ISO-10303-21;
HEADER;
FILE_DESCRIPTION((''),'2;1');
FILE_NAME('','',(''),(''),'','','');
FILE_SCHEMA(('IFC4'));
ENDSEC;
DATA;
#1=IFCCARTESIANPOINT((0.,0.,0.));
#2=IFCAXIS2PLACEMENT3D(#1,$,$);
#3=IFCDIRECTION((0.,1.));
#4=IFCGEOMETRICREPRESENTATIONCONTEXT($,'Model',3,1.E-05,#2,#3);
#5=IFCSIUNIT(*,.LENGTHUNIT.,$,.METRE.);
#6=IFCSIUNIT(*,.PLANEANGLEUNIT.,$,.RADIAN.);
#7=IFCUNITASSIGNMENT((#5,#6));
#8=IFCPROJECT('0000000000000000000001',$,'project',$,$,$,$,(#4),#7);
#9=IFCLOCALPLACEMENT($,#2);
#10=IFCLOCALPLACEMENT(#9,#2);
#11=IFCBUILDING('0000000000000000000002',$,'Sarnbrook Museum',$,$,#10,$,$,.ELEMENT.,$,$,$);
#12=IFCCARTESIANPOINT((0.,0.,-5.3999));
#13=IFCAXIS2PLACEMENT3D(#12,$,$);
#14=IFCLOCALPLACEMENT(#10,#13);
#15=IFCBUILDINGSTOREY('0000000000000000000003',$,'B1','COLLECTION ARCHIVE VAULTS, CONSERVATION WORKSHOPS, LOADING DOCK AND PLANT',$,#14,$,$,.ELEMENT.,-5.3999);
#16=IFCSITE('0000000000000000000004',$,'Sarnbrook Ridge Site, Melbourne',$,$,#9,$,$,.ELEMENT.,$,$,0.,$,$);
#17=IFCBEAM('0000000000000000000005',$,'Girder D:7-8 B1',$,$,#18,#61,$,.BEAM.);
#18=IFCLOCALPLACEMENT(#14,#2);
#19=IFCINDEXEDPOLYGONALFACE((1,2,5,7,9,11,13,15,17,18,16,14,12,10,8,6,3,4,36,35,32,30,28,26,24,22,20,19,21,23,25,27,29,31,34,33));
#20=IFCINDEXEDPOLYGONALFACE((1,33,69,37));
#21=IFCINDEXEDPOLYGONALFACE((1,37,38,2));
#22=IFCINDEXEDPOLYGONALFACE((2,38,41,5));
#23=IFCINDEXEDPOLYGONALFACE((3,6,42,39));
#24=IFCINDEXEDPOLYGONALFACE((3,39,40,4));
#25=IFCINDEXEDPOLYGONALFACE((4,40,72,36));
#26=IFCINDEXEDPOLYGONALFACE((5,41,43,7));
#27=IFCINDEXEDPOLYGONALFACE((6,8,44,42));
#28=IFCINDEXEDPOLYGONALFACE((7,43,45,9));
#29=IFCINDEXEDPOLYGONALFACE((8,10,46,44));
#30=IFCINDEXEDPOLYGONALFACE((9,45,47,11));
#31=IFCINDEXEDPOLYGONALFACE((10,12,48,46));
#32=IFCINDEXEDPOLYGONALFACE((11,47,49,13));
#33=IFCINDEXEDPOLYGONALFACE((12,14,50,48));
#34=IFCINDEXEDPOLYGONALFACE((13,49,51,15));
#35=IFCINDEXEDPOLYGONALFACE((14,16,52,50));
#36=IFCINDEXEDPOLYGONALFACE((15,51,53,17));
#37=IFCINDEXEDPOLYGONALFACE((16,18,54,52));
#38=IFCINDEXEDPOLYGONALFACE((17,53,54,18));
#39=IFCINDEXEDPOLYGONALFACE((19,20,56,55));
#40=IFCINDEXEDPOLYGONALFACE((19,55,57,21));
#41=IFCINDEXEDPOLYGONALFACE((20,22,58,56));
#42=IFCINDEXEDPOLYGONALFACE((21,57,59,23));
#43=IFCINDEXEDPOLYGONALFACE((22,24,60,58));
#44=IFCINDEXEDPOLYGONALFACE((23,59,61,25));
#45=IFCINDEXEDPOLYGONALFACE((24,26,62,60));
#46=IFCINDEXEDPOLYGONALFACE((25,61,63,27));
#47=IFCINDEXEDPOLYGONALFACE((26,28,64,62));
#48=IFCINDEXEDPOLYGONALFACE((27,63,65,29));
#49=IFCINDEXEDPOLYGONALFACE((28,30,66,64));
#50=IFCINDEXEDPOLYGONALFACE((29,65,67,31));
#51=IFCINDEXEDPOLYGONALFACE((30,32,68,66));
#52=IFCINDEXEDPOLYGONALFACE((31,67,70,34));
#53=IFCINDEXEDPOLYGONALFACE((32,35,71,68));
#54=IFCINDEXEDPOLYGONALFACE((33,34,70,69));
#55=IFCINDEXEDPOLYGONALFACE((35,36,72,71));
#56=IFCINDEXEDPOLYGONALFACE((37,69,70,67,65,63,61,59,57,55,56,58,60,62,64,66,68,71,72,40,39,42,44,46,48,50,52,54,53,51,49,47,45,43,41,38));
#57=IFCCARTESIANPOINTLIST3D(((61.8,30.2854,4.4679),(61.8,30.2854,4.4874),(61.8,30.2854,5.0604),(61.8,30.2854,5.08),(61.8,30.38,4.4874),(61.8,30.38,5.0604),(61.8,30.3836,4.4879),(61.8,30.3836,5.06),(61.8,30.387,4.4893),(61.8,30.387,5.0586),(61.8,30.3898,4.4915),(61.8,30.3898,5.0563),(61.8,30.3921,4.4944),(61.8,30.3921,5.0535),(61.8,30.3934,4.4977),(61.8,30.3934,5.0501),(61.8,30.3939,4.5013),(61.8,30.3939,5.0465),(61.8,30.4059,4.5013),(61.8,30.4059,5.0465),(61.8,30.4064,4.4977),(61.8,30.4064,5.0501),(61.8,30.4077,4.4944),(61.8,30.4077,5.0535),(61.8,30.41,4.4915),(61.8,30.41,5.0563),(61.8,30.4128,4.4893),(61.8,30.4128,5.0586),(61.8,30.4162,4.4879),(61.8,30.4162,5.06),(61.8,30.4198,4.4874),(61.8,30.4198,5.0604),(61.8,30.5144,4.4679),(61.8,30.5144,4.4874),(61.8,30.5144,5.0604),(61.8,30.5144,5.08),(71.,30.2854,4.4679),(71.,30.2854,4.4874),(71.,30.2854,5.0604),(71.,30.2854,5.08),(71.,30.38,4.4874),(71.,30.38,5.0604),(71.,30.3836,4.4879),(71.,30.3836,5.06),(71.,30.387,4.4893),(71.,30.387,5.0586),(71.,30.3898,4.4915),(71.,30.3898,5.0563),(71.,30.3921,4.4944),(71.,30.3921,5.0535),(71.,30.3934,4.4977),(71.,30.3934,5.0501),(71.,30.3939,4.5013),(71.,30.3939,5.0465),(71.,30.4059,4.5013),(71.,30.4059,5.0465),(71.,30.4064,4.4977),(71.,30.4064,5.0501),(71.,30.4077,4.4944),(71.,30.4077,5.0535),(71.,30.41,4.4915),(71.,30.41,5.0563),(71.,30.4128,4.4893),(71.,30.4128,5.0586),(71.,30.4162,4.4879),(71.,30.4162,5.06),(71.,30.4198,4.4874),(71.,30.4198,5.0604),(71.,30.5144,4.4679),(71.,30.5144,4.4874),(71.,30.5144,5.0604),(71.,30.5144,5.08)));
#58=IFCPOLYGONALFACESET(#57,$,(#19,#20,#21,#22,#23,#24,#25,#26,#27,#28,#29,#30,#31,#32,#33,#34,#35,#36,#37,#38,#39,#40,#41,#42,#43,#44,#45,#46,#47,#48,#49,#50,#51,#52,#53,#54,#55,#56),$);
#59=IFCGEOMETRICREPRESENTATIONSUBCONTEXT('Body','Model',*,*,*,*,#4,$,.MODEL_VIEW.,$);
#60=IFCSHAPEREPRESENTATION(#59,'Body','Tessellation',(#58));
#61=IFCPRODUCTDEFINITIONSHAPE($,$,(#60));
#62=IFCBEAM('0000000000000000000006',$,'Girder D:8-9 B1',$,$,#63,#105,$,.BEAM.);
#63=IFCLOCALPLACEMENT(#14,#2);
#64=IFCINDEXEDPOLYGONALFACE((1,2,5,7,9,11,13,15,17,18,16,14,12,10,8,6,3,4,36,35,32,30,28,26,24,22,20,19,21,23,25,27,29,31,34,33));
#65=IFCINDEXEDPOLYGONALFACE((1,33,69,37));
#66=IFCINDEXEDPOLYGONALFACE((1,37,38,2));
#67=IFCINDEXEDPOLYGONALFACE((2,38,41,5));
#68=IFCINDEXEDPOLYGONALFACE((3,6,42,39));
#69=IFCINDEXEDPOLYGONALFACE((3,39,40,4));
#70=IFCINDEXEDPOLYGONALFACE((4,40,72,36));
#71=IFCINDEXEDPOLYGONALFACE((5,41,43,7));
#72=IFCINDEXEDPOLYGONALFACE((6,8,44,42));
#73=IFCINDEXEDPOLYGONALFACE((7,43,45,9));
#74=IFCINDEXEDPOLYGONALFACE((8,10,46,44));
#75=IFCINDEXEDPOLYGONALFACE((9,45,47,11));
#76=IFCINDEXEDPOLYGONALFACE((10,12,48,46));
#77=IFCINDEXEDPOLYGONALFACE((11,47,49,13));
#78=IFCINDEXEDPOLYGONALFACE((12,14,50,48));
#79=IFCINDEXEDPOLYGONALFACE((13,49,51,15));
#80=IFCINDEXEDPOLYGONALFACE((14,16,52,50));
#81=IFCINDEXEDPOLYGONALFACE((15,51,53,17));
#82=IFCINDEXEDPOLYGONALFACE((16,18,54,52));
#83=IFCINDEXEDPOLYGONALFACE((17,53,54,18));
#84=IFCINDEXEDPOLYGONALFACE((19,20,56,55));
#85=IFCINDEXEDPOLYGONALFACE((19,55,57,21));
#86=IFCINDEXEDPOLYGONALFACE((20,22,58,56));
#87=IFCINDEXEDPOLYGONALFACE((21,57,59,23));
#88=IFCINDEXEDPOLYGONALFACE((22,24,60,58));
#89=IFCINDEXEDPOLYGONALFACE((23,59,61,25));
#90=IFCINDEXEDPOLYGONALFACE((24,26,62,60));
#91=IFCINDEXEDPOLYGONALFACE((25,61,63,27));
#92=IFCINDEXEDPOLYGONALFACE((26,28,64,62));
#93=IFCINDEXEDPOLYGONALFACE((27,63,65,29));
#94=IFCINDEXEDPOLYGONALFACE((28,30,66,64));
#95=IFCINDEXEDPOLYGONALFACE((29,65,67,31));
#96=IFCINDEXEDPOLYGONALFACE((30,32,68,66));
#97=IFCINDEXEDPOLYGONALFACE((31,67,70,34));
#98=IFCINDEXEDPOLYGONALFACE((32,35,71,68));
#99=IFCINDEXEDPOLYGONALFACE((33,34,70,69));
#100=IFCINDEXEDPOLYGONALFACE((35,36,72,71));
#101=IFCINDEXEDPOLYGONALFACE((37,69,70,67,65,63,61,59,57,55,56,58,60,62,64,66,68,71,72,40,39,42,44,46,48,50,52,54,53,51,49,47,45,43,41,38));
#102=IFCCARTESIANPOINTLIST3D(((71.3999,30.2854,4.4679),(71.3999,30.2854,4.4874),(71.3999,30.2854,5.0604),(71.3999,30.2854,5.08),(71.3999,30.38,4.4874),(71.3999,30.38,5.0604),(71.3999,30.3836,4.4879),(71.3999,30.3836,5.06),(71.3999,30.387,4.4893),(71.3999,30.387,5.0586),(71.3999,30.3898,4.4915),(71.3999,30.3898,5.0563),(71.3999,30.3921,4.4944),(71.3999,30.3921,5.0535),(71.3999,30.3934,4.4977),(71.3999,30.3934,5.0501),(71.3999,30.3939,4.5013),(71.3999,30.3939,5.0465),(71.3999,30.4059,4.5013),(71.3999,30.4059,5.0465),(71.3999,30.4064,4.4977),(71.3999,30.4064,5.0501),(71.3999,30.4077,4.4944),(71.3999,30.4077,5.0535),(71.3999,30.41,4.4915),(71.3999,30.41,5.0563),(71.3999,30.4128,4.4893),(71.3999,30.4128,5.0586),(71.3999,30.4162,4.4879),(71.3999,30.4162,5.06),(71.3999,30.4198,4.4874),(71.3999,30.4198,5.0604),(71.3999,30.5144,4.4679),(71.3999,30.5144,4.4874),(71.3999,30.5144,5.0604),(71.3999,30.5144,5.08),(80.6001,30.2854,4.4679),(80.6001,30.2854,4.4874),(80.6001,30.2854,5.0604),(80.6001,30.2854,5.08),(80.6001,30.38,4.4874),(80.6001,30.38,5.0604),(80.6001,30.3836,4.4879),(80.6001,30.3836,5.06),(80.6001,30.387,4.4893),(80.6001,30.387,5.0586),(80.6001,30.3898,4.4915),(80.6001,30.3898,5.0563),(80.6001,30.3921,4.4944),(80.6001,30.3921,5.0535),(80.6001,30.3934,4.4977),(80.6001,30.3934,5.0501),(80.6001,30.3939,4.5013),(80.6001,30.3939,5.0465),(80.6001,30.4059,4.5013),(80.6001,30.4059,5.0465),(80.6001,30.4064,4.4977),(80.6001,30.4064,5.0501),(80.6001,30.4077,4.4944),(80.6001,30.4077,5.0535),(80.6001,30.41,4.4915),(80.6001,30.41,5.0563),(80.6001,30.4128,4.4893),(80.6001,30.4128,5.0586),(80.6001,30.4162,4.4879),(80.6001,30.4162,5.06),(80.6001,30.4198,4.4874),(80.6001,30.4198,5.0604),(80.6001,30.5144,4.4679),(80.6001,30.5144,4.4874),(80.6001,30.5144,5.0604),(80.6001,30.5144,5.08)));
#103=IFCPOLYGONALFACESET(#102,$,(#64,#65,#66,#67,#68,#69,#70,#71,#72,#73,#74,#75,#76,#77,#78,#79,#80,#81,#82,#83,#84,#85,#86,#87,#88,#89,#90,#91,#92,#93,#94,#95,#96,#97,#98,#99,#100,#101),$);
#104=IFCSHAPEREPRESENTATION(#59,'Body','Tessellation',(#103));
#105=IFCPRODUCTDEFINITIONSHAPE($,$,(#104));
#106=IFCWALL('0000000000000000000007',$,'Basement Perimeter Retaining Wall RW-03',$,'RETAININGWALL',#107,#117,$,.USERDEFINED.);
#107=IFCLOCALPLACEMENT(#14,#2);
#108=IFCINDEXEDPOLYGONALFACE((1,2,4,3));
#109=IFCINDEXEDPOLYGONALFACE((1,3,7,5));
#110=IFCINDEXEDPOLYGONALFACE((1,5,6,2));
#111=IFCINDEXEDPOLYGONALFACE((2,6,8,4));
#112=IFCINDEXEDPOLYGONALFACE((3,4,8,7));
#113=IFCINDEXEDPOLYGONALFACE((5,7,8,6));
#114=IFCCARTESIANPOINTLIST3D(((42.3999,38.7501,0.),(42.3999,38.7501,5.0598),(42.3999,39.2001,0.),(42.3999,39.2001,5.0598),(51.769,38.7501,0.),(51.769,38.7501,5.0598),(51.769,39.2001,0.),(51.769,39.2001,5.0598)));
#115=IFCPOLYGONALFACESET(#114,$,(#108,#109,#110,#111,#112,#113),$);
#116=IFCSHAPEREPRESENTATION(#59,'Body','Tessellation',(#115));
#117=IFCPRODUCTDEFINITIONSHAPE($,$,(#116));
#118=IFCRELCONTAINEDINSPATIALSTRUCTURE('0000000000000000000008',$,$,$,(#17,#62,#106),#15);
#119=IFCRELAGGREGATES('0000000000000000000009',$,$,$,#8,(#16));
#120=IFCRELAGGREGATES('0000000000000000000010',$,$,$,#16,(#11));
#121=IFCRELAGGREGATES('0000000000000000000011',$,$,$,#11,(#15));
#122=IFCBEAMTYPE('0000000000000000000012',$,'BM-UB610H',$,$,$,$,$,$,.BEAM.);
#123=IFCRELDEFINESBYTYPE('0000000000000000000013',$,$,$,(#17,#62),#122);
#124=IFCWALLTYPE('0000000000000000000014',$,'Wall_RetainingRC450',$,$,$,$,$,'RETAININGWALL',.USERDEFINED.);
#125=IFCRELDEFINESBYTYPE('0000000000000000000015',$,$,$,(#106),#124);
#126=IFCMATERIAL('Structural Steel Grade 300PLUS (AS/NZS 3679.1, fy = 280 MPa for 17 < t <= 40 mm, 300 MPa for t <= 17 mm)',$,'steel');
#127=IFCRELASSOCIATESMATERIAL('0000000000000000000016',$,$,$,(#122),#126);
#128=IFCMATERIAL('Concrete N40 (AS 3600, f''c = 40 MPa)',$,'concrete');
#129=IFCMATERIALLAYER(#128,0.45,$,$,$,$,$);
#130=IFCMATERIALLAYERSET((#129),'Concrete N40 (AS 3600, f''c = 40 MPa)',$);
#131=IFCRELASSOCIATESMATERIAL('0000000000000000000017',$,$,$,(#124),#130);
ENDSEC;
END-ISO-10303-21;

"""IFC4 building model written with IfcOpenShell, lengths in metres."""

from ifc_helpers import new_model, si_unit, direction, frame, frame_2d, origin, origin_2d, place, context, subcontext, project, spatial, rectangle, i_section, extrude, material, layer, layer_set, material_profile, profile_set, type_object, element, save


model = new_model("IFC4")

# Units and contexts
model_context = context("Model", 3, precision=1e-05, world=origin(), true_north=direction((0.0, 1.0)))
body_context = subcontext(model_context, "Body", "Model", "MODEL_VIEW")
ifc_project = project(units=[si_unit("LENGTHUNIT", "METRE"), si_unit("PLANEANGLEUNIT", "RADIAN")], contexts=[model_context])

# Site, building, storey
site_placement = place(None, origin())
site = spatial("IfcSite", under=ifc_project, at=site_placement, Name="Sarnbrook Ridge Site, Melbourne", CompositionType="ELEMENT", RefElevation=0.0)
building_placement = place(site_placement, origin())
building = spatial("IfcBuilding", under=site, at=building_placement, Name="Sarnbrook Museum", CompositionType="ELEMENT")
storey_placement = place(building_placement, frame((0.0, 0.0, -5.3999)))
storey = spatial("IfcBuildingStorey", under=building, at=storey_placement, Name="B1", Description="COLLECTION ARCHIVE VAULTS, CONSERVATION WORKSHOPS, LOADING DOCK AND PLANT", CompositionType="ELEMENT", Elevation=-5.3999)

# Shared definitions
ifc_material_1 = material(Name="Concrete N40 (AS 3600, f'c = 40 MPa)", Category="concrete")

# Beams
ifc_material_2 = material(Name="Structural Steel Grade 300PLUS (AS/NZS 3679.1, fy = 280 MPa for 17 < t <= 40 mm, 300 MPa for t <= 17 mm)", Category="steel")
ifc_material_profile_1 = material_profile(ifc_material_2, i_section(OverallWidth=0.229, OverallDepth=0.6121, WebThickness=0.012, FlangeThickness=0.0195, FilletRadius=0.0139, at=origin_2d()), Name="610UB125")
ifc_profile_set_1 = profile_set([ifc_material_profile_1], Name="Structural Steel Grade 300PLUS (AS/NZS 3679.1, fy = 280 MPa for 17 < t <= 40 mm, 300 MPa for t <= 17 mm)")
beam_type_1 = type_object("IfcBeamType", Name="BM-UB610H", PredefinedType="BEAM", material=ifc_profile_set_1)
beam_1_placement = place(storey_placement, frame((61.8, 30.3999, 4.7739), z_axis=(1.0, 0.0, 0.0), x_axis=(0.0, 1.0, 0.0)))
element("IfcBeam", 1, at=beam_1_placement, inside=storey, type_object=beam_type_1, Name="Girder D:7-8 B1", PredefinedType="BEAM", context=body_context, shape_type="SweptSolid", body=[
    extrude(i_section(OverallWidth=0.229, OverallDepth=0.6121, WebThickness=0.012, FlangeThickness=0.0195, FilletRadius=0.0139, at=origin_2d()), origin(), (0.0, 0.0, 1.0), 9.2),
])
beam_2_placement = place(storey_placement, frame((71.3999, 30.3999, 4.7739), z_axis=(1.0, 0.0, 0.0), x_axis=(0.0, 1.0, 0.0)))
element("IfcBeam", 2, at=beam_2_placement, inside=storey, type_object=beam_type_1, Name="Girder D:8-9 B1", PredefinedType="BEAM", context=body_context, shape_type="SweptSolid", body=[
    extrude(i_section(OverallWidth=0.229, OverallDepth=0.6121, WebThickness=0.012, FlangeThickness=0.0195, FilletRadius=0.0139, at=origin_2d()), origin(), (0.0, 0.0, 1.0), 9.2002),
])

# Wall
ifc_layer = layer(ifc_material_1, 0.45)
ifc_layer_set = layer_set([ifc_layer], Name="Concrete N40 (AS 3600, f'c = 40 MPa)")
wall_type = type_object("IfcWallType", Name="Wall_RetainingRC450", ElementType="RETAININGWALL", PredefinedType="USERDEFINED", material=ifc_layer_set)
wall_placement = place(storey_placement, frame((51.769, 38.9751, 0.0), z_axis=(0.0, 0.0, 1.0), x_axis=(-1.0, 0.0, 0.0)))
element("IfcWall", 3, at=wall_placement, inside=storey, type_object=wall_type, Name="Basement Perimeter Retaining Wall RW-03", ObjectType="RETAININGWALL", PredefinedType="USERDEFINED", context=body_context, shape_type="SweptSolid", body=[
    extrude(rectangle(XDim=9.3691, YDim=0.45, at=frame_2d((4.6846, 0.0))), origin(), (0.0, 0.0, 1.0), 5.0598),
])

save(model, "model.ifc")
